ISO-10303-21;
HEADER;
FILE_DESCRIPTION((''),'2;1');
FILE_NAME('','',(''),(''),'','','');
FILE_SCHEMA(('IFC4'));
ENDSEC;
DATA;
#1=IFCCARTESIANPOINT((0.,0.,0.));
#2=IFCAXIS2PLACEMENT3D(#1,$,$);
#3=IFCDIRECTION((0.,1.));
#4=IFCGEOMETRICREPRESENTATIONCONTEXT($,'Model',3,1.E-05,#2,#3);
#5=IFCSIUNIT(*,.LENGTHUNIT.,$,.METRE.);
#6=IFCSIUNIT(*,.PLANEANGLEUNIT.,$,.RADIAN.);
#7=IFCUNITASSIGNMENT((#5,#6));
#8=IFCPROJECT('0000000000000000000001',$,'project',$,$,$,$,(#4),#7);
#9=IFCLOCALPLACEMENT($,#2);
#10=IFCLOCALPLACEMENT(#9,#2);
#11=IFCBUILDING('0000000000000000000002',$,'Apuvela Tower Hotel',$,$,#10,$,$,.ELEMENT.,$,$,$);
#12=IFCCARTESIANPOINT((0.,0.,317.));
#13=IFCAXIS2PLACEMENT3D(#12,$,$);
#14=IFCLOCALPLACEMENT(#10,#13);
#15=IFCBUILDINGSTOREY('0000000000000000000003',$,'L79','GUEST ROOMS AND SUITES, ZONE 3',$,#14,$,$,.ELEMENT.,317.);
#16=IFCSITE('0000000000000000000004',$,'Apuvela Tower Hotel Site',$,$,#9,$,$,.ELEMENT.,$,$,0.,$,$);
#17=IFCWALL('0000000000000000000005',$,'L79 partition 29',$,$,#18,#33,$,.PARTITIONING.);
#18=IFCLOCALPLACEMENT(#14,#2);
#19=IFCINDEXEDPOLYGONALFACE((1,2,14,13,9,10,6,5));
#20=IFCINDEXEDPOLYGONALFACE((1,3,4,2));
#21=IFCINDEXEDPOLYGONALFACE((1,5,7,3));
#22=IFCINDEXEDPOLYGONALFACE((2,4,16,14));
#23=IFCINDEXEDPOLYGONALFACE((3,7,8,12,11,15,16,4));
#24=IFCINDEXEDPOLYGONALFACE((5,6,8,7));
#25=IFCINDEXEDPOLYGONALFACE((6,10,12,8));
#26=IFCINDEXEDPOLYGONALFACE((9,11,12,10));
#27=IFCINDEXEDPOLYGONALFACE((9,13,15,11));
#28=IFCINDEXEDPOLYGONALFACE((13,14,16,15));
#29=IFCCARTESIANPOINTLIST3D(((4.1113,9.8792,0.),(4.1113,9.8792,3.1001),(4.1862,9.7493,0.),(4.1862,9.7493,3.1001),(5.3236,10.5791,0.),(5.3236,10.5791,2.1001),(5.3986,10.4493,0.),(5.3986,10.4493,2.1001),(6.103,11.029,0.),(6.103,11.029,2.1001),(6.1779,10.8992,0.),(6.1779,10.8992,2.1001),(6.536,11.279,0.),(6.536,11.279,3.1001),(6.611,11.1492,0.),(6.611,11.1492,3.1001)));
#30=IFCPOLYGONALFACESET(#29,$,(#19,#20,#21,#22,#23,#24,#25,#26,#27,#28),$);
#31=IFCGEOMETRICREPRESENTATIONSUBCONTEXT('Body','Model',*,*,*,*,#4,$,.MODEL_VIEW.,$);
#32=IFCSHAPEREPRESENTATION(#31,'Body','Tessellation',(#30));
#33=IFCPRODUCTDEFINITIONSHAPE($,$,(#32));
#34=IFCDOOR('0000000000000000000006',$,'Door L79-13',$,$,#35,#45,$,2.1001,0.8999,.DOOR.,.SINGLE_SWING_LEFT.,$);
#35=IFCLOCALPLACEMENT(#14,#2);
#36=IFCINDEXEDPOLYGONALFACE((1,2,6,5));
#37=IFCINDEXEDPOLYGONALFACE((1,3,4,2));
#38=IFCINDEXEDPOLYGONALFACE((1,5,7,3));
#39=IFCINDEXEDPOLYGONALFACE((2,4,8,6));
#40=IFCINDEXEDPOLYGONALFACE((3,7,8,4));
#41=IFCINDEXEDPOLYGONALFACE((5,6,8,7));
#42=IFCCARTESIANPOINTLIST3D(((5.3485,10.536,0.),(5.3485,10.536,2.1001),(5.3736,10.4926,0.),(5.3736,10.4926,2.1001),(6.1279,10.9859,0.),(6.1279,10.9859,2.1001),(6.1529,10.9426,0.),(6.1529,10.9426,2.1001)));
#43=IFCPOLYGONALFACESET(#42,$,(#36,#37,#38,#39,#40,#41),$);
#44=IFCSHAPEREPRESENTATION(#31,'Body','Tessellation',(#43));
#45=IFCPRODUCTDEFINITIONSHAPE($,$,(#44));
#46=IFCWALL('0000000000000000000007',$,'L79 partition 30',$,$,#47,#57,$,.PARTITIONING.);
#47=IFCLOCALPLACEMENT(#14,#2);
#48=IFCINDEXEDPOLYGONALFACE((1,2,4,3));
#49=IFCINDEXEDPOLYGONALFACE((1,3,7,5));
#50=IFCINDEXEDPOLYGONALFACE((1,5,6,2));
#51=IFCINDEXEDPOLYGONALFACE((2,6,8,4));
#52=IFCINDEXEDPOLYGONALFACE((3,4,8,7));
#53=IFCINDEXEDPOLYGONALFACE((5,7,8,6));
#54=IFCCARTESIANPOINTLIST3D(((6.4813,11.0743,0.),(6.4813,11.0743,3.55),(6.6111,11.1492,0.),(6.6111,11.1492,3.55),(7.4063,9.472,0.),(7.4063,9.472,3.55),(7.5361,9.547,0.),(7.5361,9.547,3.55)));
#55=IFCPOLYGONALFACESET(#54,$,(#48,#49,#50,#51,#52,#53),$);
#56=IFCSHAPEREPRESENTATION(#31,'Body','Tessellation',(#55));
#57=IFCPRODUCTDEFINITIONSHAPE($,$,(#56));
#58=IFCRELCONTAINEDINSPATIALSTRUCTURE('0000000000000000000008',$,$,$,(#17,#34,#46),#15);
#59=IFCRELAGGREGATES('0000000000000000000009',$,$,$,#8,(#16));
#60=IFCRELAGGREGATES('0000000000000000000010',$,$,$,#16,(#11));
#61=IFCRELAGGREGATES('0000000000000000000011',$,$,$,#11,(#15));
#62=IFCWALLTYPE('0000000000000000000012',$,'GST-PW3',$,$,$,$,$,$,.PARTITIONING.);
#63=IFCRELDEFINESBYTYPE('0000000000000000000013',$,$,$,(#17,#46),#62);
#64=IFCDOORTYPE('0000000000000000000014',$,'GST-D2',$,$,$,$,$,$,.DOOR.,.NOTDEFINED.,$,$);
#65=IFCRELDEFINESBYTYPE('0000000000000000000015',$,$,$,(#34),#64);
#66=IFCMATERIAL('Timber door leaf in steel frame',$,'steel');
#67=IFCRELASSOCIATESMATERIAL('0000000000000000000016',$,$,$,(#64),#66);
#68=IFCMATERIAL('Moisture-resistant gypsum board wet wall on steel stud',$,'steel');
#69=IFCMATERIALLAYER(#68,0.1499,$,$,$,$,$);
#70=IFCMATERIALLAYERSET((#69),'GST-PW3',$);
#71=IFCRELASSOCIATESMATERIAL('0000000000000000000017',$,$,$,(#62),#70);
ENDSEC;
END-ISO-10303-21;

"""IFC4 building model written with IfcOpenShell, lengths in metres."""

from ifc_helpers import new_model, si_unit, direction, frame, frame_2d, origin, place, context, subcontext, project, spatial, rectangle, extrude, material, layer, layer_set, type_object, element, fill, save


model = new_model("IFC4")

# Units and contexts
model_context = context("Model", 3, precision=1e-05, world=origin(), true_north=direction((0.0, 1.0)))
body_context = subcontext(model_context, "Body", "Model", "MODEL_VIEW")
ifc_project = project(units=[si_unit("LENGTHUNIT", "METRE"), si_unit("PLANEANGLEUNIT", "RADIAN")], contexts=[model_context])

# Site, building, storey
site_placement = place(None, origin())
site = spatial("IfcSite", under=ifc_project, at=site_placement, Name="Apuvela Tower Hotel Site", CompositionType="ELEMENT", RefElevation=0.0)
building_placement = place(site_placement, origin())
building = spatial("IfcBuilding", under=site, at=building_placement, Name="Apuvela Tower Hotel", CompositionType="ELEMENT")
storey_placement = place(building_placement, frame((0.0, 0.0, 317.0)))
storey = spatial("IfcBuildingStorey", under=building, at=storey_placement, Name="L79", Description="GUEST ROOMS AND SUITES, ZONE 3", CompositionType="ELEMENT", Elevation=317.0)

# Shared definitions
ifc_material_1 = material(Name="Timber door leaf in steel frame", Category="steel")
door_type_1 = type_object("IfcDoorType", Name="GST-D2", OperationType="NOTDEFINED", PredefinedType="DOOR", material=ifc_material_1)
ifc_material_2 = material(Name="Moisture-resistant gypsum board wet wall on steel stud", Category="steel")
ifc_layer_1 = layer(ifc_material_2, 0.1499)
ifc_layer_set_1 = layer_set([ifc_layer_1], Name="GST-PW3")
wall_type_1 = type_object("IfcWallType", Name="GST-PW3", PredefinedType="PARTITIONING", material=ifc_layer_set_1)

# Wall, opening, door
wall_1_placement = place(storey_placement, frame((6.5735, 11.2141, 0.0), z_axis=(0.0, 0.0, 1.0), x_axis=(-0.866035, -0.499984, 0.0)))
wall_1 = element("IfcWall", 1, at=wall_1_placement, inside=storey, type_object=wall_type_1, Name="L79 partition 29", PredefinedType="PARTITIONING", context=body_context, shape_type="SweptSolid", body=[
    extrude(rectangle(XDim=2.7998, YDim=0.1499, at=frame_2d((1.3999, 0.0))), origin(), (0.0, 0.0, 1.0), 3.1001),
])
opening_1_placement = place(wall_1_placement, frame((0.5, 0.0, 0.0)))
opening_1 = element("IfcOpeningElement", 2, at=opening_1_placement, cuts=wall_1, PredefinedType="OPENING", context=body_context, shape_type="SweptSolid", body=[
    extrude(rectangle(XDim=0.8999, YDim=2.1001, at=frame_2d((0.45, 1.05))), frame((0.0, 0.085, 0.0), z_axis=(0.0, -1.0, 0.0), x_axis=(1.0, 0.0, 0.0)), (0.0, 0.0, 1.0), 0.1699),
])
door_1_placement = place(opening_1_placement, origin())
door_1 = element("IfcDoor", 3, at=door_1_placement, inside=storey, type_object=door_type_1, Name="Door L79-13", OperationType="SINGLE_SWING_LEFT", OverallHeight=2.1001, OverallWidth=0.8999, PredefinedType="DOOR", context=body_context, shape_type="SweptSolid", body=[
    extrude(rectangle(XDim=0.8999, YDim=2.1001, at=frame_2d((0.45, 1.05))), frame((0.0, 0.0249, 0.0), z_axis=(0.0, -1.0, 0.0), x_axis=(1.0, 0.0, 0.0)), (0.0, 0.0, 1.0), 0.05),
])
fill(opening_1, door_1)

# Wall
wall_2_placement = place(storey_placement, frame((7.4712, 9.5095, 0.0), z_axis=(0.0, 0.0, 1.0), x_axis=(-0.499985, 0.866034, 0.0)))
element("IfcWall", 4, at=wall_2_placement, inside=storey, type_object=wall_type_1, Name="L79 partition 30", PredefinedType="PARTITIONING", context=body_context, shape_type="SweptSolid", body=[
    extrude(rectangle(XDim=1.8501, YDim=0.1499, at=frame_2d((0.925, 0.0))), origin(), (0.0, 0.0, 1.0), 3.55),
])

save(model, "model.ifc")
